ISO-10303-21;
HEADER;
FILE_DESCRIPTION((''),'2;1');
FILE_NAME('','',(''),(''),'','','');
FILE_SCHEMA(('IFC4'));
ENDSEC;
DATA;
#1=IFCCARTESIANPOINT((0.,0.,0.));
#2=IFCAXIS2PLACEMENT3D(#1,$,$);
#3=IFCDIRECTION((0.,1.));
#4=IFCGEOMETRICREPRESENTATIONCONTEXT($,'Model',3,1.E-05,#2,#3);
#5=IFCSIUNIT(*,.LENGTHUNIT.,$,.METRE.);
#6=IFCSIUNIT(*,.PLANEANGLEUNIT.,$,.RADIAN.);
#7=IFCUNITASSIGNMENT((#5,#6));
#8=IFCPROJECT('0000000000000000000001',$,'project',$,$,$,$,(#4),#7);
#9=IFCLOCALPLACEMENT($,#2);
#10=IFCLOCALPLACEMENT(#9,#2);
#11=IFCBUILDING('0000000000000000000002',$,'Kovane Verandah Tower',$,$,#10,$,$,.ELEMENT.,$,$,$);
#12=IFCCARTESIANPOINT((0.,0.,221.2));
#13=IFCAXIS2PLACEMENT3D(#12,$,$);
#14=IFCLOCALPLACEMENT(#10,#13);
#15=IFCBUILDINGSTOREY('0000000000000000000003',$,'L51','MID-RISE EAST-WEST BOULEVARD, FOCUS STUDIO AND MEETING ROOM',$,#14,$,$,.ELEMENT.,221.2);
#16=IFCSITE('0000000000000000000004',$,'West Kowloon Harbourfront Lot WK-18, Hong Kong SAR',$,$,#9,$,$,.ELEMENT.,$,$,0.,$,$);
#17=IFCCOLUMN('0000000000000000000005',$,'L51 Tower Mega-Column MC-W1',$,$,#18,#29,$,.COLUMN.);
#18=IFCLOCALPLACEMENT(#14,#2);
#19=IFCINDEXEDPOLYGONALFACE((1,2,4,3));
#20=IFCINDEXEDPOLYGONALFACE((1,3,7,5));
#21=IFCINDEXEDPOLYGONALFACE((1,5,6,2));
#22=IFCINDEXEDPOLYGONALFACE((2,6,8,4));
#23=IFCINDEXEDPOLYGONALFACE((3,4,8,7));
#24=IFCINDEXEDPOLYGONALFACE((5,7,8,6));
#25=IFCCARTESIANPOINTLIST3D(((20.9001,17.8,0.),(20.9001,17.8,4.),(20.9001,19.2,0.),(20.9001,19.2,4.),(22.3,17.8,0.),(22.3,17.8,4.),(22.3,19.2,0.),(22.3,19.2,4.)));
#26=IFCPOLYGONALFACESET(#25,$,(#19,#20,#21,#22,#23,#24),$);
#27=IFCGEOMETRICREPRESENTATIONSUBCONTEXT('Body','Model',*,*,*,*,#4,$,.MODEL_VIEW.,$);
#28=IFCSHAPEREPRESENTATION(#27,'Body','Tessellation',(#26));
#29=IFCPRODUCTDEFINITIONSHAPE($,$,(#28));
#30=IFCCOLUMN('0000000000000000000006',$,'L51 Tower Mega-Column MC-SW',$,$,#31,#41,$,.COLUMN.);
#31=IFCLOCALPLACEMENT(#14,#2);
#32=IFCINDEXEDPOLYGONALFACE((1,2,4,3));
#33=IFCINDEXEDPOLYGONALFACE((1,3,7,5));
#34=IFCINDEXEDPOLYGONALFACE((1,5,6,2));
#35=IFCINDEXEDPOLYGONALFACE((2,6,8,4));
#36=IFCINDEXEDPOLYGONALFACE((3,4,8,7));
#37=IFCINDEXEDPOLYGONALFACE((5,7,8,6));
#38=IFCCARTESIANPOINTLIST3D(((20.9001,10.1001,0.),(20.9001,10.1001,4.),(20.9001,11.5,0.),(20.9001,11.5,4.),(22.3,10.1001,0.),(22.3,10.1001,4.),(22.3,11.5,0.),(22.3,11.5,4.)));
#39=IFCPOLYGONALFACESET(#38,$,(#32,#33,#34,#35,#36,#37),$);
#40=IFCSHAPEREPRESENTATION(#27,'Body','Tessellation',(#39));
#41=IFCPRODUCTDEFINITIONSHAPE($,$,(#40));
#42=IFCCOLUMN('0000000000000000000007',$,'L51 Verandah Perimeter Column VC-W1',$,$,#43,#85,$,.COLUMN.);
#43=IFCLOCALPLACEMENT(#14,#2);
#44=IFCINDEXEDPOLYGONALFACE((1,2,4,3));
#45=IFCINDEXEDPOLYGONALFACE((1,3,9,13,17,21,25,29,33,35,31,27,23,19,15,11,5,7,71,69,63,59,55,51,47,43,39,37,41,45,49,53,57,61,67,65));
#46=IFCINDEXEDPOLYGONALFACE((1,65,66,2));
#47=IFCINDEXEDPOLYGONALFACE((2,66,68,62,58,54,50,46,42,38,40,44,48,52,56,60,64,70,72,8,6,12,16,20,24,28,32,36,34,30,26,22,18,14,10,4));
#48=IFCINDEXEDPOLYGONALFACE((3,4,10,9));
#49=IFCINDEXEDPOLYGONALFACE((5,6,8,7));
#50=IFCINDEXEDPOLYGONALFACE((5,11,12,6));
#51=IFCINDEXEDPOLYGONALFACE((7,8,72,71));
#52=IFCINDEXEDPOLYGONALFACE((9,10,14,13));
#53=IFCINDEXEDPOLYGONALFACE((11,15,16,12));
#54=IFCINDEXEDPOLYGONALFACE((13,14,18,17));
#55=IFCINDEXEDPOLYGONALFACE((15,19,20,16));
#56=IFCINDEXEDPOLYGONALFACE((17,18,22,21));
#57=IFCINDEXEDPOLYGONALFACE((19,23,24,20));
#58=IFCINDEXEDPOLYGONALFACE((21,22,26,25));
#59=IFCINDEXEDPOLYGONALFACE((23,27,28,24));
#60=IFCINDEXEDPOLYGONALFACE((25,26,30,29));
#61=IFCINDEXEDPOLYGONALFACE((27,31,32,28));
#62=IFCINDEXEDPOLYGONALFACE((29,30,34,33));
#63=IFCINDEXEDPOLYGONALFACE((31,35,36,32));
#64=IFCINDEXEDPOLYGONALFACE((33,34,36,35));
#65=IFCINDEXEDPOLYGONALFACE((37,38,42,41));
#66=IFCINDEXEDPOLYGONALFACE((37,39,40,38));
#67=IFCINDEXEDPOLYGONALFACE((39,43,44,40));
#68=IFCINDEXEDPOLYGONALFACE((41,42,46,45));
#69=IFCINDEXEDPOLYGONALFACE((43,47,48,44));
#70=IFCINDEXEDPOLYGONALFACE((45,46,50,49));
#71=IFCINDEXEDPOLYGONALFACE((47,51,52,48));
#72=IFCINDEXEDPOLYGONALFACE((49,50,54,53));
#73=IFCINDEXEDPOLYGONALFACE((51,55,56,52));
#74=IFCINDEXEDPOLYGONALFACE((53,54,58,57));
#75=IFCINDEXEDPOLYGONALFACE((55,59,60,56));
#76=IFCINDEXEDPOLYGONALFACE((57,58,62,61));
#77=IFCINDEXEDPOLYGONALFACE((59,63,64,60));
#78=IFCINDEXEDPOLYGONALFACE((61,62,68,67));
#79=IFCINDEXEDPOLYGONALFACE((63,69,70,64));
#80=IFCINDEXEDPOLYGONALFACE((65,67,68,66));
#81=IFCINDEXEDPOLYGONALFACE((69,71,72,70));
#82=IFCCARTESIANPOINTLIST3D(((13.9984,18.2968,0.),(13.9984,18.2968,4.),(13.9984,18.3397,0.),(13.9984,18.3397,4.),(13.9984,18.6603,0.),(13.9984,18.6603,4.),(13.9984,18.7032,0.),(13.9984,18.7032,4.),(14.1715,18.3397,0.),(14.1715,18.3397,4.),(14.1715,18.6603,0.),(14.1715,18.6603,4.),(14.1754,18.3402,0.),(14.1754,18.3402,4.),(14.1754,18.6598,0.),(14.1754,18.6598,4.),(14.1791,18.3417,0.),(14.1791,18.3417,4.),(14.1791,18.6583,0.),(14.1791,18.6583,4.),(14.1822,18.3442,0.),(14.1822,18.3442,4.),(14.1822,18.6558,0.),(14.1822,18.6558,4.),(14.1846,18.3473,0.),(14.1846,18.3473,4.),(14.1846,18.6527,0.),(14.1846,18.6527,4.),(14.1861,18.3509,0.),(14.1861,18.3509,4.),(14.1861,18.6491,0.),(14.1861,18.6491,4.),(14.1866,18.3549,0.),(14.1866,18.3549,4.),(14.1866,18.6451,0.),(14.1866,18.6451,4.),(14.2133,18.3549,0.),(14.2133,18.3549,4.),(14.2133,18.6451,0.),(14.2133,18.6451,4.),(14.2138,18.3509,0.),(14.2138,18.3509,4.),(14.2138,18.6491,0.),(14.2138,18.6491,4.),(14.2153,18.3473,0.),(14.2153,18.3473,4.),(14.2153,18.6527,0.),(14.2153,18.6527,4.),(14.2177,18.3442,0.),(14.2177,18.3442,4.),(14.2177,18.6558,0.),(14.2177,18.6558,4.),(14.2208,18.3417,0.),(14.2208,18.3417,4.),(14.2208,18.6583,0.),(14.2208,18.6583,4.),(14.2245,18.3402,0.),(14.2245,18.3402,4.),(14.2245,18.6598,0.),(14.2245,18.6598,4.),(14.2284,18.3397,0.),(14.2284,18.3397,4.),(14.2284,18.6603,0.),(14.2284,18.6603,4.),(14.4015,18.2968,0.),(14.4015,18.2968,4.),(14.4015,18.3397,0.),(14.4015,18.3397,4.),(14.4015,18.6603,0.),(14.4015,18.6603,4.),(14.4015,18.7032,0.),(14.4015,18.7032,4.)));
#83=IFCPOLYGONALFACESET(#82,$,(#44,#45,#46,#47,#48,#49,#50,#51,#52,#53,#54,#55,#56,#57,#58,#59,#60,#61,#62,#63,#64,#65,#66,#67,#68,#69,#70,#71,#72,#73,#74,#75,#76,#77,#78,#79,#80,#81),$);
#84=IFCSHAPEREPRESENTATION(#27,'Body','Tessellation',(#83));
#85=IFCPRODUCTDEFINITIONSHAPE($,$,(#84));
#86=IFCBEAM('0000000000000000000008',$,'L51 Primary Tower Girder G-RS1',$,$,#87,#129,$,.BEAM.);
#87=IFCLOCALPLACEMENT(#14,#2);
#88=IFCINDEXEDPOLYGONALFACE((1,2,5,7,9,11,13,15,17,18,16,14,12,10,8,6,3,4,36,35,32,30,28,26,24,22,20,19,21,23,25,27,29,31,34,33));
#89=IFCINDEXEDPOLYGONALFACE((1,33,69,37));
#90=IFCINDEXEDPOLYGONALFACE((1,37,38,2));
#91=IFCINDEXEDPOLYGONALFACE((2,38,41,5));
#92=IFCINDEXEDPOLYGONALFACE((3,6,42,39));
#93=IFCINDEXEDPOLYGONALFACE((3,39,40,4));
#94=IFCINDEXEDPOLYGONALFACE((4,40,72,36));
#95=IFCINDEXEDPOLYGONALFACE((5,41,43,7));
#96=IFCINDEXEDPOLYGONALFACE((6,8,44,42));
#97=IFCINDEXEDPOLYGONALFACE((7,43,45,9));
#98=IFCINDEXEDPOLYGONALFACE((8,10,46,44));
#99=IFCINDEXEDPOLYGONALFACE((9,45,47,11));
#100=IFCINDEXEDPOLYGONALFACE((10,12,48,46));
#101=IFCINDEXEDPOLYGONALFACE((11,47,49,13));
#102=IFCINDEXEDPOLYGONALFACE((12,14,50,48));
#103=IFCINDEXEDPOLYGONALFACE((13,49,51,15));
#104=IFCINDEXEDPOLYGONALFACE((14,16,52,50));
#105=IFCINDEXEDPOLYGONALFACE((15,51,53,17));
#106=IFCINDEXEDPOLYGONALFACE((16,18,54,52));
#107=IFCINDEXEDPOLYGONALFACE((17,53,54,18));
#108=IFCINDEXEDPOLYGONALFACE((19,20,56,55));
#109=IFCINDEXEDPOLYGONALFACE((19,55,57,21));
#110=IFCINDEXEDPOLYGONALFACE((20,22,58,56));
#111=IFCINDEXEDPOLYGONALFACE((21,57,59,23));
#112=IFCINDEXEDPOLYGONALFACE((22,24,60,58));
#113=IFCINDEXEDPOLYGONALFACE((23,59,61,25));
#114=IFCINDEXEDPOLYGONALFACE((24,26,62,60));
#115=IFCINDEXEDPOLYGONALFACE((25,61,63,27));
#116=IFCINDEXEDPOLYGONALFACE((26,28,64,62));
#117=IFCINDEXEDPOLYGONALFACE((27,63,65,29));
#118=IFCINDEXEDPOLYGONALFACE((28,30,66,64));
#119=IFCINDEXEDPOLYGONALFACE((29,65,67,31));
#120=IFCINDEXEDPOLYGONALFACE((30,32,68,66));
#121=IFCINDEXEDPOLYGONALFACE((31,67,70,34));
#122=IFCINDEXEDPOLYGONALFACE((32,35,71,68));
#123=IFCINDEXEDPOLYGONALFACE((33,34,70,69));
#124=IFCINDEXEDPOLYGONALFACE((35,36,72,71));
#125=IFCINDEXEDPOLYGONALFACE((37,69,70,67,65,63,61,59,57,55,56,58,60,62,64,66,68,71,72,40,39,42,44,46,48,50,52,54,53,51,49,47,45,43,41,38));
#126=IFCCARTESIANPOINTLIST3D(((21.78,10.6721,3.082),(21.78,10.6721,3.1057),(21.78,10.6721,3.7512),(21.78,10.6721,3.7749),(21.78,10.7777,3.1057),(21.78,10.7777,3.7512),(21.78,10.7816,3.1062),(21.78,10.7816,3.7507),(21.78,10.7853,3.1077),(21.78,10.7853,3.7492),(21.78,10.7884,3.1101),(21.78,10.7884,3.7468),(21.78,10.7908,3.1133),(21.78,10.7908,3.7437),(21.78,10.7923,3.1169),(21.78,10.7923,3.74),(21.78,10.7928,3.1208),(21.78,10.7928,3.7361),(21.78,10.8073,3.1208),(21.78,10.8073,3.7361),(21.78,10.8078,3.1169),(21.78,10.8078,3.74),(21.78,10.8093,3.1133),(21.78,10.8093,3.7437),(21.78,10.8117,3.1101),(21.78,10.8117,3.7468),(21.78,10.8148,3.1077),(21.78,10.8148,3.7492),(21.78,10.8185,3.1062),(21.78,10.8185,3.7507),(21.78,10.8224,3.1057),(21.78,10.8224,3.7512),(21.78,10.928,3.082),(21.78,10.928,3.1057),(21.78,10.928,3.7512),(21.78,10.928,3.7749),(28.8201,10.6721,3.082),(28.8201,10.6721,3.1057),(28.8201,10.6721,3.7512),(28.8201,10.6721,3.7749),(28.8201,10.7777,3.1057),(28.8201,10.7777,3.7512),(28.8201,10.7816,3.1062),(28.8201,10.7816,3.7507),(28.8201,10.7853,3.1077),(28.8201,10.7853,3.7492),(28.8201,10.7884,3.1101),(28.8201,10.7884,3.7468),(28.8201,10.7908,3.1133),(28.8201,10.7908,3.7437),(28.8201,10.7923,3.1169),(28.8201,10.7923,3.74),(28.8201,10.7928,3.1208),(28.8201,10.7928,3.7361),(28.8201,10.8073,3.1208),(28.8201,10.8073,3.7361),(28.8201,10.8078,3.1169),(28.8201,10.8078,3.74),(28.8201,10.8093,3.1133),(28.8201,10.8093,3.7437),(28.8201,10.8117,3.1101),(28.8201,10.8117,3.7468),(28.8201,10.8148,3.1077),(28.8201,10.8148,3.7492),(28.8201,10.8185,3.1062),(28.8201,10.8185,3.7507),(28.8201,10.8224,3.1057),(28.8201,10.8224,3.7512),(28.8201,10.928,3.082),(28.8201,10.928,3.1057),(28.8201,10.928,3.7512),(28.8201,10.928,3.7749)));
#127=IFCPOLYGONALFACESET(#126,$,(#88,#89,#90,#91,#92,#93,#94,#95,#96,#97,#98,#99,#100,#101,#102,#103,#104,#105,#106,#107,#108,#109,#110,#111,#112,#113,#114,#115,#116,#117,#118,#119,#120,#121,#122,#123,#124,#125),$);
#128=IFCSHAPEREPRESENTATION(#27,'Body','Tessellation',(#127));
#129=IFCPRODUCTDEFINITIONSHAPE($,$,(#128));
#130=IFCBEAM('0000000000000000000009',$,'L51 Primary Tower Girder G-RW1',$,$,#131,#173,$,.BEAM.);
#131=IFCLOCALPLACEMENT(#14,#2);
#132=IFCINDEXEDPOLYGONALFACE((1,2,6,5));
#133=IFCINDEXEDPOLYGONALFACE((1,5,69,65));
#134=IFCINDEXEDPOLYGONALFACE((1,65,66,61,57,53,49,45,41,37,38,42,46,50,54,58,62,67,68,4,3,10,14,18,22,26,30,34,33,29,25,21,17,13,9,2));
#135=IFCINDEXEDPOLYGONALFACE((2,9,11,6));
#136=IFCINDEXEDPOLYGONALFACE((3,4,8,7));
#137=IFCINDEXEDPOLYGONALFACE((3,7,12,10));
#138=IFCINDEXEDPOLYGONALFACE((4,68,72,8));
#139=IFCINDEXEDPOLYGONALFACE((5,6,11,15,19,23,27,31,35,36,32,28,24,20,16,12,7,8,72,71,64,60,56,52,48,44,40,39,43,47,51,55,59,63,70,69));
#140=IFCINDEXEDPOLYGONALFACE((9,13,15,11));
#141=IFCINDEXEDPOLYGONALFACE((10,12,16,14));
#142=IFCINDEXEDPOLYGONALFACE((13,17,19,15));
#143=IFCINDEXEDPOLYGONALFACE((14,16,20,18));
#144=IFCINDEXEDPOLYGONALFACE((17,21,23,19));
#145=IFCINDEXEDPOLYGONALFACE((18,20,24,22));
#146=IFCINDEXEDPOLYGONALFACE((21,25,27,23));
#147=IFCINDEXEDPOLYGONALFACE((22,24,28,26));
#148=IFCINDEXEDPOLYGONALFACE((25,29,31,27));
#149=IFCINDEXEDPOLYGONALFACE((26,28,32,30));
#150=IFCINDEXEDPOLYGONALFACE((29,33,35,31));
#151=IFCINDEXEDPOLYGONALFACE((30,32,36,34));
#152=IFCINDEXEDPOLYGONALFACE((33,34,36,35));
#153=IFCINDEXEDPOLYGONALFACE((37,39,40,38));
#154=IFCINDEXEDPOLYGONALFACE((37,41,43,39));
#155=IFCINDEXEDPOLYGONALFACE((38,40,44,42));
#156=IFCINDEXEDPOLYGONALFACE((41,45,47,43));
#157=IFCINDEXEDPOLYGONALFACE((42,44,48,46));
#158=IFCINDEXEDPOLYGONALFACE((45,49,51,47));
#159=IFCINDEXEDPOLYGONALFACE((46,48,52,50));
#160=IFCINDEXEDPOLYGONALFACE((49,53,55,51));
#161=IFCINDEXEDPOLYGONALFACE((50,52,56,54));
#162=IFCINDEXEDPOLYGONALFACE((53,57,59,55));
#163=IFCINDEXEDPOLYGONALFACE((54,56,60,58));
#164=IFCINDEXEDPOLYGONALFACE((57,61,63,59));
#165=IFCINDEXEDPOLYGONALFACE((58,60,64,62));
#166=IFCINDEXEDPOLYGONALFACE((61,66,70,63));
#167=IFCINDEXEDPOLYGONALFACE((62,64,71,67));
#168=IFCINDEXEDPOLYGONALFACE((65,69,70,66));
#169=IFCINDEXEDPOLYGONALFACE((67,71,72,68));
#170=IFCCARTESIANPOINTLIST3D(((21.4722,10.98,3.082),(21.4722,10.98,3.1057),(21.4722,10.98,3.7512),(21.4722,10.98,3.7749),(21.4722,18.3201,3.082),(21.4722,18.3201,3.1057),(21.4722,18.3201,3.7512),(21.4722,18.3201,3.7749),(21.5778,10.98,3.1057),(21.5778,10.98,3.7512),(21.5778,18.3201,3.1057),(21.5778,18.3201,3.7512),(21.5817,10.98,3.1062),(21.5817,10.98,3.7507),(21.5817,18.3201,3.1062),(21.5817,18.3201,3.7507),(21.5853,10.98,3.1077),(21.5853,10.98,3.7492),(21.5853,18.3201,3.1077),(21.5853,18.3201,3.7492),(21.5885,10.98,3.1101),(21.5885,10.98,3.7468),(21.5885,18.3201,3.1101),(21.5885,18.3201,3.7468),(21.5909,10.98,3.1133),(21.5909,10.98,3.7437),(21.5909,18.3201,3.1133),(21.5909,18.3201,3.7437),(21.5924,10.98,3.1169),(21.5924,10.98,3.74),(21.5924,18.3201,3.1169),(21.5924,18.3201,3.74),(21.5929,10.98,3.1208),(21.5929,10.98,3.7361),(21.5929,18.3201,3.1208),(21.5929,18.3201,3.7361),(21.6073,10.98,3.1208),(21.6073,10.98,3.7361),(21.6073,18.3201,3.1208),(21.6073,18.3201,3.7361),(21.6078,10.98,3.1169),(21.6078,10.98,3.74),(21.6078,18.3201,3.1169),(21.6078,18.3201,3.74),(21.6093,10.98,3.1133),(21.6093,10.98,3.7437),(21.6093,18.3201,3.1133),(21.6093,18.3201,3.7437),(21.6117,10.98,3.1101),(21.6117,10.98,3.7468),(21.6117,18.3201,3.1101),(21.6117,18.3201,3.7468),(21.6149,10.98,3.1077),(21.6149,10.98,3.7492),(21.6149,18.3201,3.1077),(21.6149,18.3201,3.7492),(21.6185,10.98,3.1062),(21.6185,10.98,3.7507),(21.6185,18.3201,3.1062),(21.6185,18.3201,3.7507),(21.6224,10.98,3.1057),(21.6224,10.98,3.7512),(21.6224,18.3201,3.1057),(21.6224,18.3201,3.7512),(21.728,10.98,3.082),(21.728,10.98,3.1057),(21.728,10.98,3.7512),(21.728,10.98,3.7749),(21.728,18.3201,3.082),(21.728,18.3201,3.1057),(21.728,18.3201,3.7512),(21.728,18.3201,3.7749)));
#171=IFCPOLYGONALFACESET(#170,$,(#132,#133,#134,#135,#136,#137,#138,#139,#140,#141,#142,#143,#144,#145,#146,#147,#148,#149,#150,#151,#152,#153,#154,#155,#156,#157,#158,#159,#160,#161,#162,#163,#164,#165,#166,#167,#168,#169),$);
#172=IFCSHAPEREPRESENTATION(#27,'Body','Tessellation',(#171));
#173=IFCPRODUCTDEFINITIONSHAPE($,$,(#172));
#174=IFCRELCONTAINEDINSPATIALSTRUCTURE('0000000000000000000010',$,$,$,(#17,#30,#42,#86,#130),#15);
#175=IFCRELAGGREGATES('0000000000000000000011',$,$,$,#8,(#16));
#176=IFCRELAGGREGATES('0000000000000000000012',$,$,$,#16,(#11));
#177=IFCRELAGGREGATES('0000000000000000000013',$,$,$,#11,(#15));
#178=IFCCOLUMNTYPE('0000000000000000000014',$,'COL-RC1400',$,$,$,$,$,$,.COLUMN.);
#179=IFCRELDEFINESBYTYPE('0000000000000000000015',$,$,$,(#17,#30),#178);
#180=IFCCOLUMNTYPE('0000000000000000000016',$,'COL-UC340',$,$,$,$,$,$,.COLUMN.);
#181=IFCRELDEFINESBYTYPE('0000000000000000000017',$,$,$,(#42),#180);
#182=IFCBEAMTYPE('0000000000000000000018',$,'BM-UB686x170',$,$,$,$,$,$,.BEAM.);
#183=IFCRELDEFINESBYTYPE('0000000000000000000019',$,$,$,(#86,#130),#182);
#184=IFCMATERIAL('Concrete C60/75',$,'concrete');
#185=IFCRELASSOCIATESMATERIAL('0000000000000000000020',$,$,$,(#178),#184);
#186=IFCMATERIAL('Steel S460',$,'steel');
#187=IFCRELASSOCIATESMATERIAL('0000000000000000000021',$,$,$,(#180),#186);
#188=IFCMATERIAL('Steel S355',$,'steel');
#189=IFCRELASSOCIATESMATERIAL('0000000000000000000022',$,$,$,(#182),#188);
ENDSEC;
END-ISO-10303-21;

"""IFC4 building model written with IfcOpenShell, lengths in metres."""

from ifc_helpers import new_model, si_unit, direction, frame, origin, origin_2d, place, context, subcontext, project, spatial, rectangle, i_section, extrude, material, material_profile, profile_set, type_object, element, save


model = new_model("IFC4")

# Units and contexts
model_context = context("Model", 3, precision=1e-05, world=origin(), true_north=direction((0.0, 1.0)))
body_context = subcontext(model_context, "Body", "Model", "MODEL_VIEW")
ifc_project = project(units=[si_unit("LENGTHUNIT", "METRE"), si_unit("PLANEANGLEUNIT", "RADIAN")], contexts=[model_context])

# Site, building, storey
site_placement = place(None, origin())
site = spatial("IfcSite", under=ifc_project, at=site_placement, Name="West Kowloon Harbourfront Lot WK-18, Hong Kong SAR", CompositionType="ELEMENT", RefElevation=0.0)
building_placement = place(site_placement, origin())
building = spatial("IfcBuilding", under=site, at=building_placement, Name="Kovane Verandah Tower", CompositionType="ELEMENT")
storey_placement = place(building_placement, frame((0.0, 0.0, 221.2)))
storey = spatial("IfcBuildingStorey", under=building, at=storey_placement, Name="L51", Description="MID-RISE EAST-WEST BOULEVARD, FOCUS STUDIO AND MEETING ROOM", CompositionType="ELEMENT", Elevation=221.2)

# Columns
ifc_material_1 = material(Name="Concrete C60/75", Category="concrete")
ifc_material_profile_1 = material_profile(ifc_material_1, rectangle(XDim=1.3999, YDim=1.3999, at=origin_2d()), Name="RC1400x1400")
ifc_profile_set_1 = profile_set([ifc_material_profile_1], Name="Concrete C60/75")
column_type_1 = type_object("IfcColumnType", Name="COL-RC1400", PredefinedType="COLUMN", material=ifc_profile_set_1)
for number, where, z_axis, x_axis, name in (
    (1, (21.6001, 18.5, 0.0), (0.0, 0.0, 1.0), (1.0, 0.0, 0.0), "L51 Tower Mega-Column MC-W1"),
    (2, (21.6001, 10.8, 0.0), (0.0, 0.0, 1.0), (1.0, 0.0, 0.0), "L51 Tower Mega-Column MC-SW"),
):
    element("IfcColumn", number, at=place(storey_placement, frame(where, z_axis=z_axis, x_axis=x_axis)), inside=storey, type_object=column_type_1, Name=name, PredefinedType="COLUMN", context=body_context, shape_type="SweptSolid", body=[
        extrude(rectangle(XDim=1.3999, YDim=1.3999, at=origin_2d()), origin(), (0.0, 0.0, 1.0), 4.0),
    ])
ifc_material_2 = material(Name="Steel S460", Category="steel")
ifc_material_profile_2 = material_profile(ifc_material_2, i_section(OverallWidth=0.4031, OverallDepth=0.4065, WebThickness=0.0266, FlangeThickness=0.043, FilletRadius=0.0151, at=origin_2d()), Name="UC356x406x340")
ifc_profile_set_2 = profile_set([ifc_material_profile_2], Name="Steel S460")
column_type_2 = type_object("IfcColumnType", Name="COL-UC340", PredefinedType="COLUMN", material=ifc_profile_set_2)
column_placement = place(storey_placement, frame((14.2, 18.5, 0.0), z_axis=(0.0, 0.0, 1.0), x_axis=(1.0, 0.0, 0.0)))
element("IfcColumn", 3, at=column_placement, inside=storey, type_object=column_type_2, Name="L51 Verandah Perimeter Column VC-W1", PredefinedType="COLUMN", context=body_context, shape_type="SweptSolid", body=[
    extrude(i_section(OverallWidth=0.4031, OverallDepth=0.4065, WebThickness=0.0266, FlangeThickness=0.043, FilletRadius=0.0151, at=origin_2d()), origin(), (0.0, 0.0, 1.0), 4.0),
])

# Beams
ifc_material_3 = material(Name="Steel S355", Category="steel")
ifc_material_profile_3 = material_profile(ifc_material_3, i_section(OverallWidth=0.2559, OverallDepth=0.6929, WebThickness=0.0144, FlangeThickness=0.0237, FilletRadius=0.0151, at=origin_2d()), Name="UB686x254x170")
ifc_profile_set_3 = profile_set([ifc_material_profile_3], Name="Steel S355")
beam_type_1 = type_object("IfcBeamType", Name="BM-UB686x170", PredefinedType="BEAM", material=ifc_profile_set_3)
beam_1_placement = place(storey_placement, frame((21.78, 10.8, 3.4285), z_axis=(1.0, 0.0, 0.0), x_axis=(0.0, 1.0, 0.0)))
element("IfcBeam", 4, at=beam_1_placement, inside=storey, type_object=beam_type_1, Name="L51 Primary Tower Girder G-RS1", PredefinedType="BEAM", context=body_context, shape_type="SweptSolid", body=[
    extrude(i_section(OverallWidth=0.2559, OverallDepth=0.6929, WebThickness=0.0144, FlangeThickness=0.0237, FilletRadius=0.0151, at=origin_2d()), origin(), (0.0, 0.0, 1.0), 7.04),
])
beam_2_placement = place(storey_placement, frame((21.6001, 10.98, 3.4285), z_axis=(0.0, 1.0, 0.0), x_axis=(-1.0, 0.0, 0.0)))
element("IfcBeam", 5, at=beam_2_placement, inside=storey, type_object=beam_type_1, Name="L51 Primary Tower Girder G-RW1", PredefinedType="BEAM", context=body_context, shape_type="SweptSolid", body=[
    extrude(i_section(OverallWidth=0.2559, OverallDepth=0.6929, WebThickness=0.0144, FlangeThickness=0.0237, FilletRadius=0.0151, at=origin_2d()), origin(), (0.0, 0.0, 1.0), 7.3401),
])

save(model, "model.ifc")
